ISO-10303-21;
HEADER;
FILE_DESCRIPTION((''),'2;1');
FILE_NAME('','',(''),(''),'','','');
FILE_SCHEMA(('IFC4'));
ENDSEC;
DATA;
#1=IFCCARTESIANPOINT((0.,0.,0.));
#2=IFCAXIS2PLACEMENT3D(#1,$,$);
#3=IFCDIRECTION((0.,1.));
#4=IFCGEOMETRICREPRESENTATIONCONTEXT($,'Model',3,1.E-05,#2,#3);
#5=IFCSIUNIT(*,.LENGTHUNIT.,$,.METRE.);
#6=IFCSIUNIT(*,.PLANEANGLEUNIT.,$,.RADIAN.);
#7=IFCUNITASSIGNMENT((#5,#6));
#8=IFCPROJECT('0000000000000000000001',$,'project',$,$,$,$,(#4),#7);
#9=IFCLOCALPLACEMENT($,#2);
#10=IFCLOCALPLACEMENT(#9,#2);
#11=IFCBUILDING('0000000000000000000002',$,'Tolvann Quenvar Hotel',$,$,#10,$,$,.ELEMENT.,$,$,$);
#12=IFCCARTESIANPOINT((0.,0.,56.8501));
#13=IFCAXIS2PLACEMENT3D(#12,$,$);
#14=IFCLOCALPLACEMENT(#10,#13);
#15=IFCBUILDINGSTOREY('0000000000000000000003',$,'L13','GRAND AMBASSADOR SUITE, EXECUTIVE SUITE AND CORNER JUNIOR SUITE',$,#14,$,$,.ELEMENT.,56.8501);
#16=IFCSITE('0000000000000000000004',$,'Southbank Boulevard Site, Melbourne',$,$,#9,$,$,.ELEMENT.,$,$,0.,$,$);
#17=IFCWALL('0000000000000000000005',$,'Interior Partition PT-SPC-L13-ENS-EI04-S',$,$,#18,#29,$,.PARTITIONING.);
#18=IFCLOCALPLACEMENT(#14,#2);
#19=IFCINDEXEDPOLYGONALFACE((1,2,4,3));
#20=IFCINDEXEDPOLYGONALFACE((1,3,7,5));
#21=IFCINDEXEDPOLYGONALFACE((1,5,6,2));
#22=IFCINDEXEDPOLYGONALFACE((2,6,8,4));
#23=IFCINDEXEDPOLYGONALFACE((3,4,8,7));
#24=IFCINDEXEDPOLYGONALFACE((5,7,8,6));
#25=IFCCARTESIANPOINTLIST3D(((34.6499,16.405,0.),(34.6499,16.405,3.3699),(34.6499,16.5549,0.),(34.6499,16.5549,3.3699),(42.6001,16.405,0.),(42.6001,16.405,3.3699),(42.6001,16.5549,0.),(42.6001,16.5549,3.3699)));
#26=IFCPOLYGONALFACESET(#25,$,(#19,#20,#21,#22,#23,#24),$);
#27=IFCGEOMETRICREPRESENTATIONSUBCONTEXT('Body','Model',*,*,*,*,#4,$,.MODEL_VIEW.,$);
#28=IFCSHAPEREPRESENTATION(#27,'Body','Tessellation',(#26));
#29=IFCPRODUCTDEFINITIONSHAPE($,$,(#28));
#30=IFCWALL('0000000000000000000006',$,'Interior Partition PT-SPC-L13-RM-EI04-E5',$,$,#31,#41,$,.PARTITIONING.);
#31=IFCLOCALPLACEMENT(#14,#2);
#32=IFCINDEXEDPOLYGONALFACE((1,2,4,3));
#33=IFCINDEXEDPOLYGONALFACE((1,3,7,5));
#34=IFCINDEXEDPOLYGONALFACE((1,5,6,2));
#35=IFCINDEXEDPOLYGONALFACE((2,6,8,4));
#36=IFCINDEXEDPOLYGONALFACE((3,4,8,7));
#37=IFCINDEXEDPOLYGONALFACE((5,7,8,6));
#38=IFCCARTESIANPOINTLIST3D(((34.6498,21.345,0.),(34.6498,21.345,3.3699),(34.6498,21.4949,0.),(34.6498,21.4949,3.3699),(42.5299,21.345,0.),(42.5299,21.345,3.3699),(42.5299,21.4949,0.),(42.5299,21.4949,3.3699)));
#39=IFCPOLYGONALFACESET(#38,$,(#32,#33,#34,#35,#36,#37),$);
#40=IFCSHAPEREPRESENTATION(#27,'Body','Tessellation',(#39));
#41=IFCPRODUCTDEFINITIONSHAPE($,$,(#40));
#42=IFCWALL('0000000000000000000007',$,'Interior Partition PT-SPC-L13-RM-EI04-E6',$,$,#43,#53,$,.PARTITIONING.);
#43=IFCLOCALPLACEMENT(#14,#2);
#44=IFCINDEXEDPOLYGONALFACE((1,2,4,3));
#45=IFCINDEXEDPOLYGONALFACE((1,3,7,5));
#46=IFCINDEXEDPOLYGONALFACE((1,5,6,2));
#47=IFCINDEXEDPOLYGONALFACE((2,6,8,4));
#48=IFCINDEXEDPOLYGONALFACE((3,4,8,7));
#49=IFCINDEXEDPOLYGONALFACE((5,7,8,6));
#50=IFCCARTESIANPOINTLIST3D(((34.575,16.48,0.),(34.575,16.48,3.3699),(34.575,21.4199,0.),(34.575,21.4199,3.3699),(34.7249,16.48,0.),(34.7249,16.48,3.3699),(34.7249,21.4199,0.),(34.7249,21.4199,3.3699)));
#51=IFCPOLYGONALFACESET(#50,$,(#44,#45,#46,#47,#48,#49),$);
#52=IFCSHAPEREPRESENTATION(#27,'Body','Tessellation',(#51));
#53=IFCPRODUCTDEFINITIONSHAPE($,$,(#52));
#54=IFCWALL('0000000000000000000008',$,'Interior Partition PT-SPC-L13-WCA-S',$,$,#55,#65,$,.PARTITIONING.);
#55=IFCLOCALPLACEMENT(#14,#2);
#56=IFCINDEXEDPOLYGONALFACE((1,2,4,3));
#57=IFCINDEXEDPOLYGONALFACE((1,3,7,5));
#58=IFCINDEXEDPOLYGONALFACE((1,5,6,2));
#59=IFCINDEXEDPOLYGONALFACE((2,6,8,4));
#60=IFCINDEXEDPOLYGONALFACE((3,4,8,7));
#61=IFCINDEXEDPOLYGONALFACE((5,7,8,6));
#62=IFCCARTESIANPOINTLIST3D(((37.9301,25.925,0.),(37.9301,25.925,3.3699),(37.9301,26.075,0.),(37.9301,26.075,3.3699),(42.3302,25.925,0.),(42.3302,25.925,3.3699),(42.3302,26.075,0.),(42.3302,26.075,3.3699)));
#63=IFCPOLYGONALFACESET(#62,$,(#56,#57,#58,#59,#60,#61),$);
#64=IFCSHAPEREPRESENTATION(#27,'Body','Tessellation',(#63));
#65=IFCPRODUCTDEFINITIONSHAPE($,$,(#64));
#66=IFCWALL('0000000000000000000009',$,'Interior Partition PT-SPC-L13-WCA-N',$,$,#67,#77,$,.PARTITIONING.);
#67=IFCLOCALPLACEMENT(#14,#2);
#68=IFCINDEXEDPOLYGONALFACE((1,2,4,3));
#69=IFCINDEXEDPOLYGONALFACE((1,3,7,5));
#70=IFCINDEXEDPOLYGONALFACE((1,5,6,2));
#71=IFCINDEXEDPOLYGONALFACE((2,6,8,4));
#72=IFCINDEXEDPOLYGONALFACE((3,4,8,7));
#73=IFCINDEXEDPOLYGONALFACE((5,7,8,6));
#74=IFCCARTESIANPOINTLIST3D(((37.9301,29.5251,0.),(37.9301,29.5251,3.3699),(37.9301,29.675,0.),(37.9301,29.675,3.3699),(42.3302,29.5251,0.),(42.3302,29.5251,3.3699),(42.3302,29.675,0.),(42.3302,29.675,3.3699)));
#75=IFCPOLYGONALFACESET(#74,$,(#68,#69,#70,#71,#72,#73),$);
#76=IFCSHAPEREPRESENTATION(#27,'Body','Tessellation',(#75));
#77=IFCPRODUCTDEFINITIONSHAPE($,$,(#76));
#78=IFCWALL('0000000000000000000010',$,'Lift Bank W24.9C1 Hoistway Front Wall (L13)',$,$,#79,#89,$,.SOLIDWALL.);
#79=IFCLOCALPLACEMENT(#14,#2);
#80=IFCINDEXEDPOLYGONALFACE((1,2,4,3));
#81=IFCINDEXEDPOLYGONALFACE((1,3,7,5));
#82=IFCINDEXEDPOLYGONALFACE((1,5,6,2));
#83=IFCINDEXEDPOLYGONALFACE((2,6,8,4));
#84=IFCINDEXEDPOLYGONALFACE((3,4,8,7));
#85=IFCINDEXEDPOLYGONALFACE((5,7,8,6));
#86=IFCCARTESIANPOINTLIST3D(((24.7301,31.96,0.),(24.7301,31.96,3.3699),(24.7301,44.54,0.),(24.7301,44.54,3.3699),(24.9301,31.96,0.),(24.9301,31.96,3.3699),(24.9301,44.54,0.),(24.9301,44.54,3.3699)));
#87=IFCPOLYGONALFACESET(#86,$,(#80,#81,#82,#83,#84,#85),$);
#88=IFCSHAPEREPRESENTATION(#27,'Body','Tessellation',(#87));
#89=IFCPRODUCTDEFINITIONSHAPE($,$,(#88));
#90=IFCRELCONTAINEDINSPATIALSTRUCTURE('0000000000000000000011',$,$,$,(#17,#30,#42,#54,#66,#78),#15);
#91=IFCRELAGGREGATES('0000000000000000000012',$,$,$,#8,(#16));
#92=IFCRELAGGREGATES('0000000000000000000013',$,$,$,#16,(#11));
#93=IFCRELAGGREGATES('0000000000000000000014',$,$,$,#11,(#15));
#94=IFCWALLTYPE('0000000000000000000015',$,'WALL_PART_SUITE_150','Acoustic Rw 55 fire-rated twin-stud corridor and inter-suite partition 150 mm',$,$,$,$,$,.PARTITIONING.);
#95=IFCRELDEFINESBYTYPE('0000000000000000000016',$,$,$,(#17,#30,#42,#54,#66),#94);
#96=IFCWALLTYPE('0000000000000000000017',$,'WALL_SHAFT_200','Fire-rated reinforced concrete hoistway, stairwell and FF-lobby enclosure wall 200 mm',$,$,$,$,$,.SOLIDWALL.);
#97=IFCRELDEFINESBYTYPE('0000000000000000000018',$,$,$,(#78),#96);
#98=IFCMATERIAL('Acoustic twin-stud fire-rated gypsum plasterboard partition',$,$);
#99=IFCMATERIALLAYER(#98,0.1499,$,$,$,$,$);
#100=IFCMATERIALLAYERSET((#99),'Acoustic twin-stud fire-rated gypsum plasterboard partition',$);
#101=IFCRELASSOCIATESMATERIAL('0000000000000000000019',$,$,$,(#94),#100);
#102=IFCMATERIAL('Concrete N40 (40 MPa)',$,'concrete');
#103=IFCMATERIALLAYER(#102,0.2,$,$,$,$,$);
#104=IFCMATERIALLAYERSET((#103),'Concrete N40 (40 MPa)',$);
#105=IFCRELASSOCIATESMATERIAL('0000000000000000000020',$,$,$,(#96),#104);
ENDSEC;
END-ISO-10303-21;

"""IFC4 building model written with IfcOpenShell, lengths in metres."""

from ifc_helpers import new_model, si_unit, direction, frame, frame_2d, origin, place, context, subcontext, project, spatial, rectangle, extrude, material, layer, layer_set, type_object, element, save


model = new_model("IFC4")

# Units and contexts
model_context = context("Model", 3, precision=1e-05, world=origin(), true_north=direction((0.0, 1.0)))
body_context = subcontext(model_context, "Body", "Model", "MODEL_VIEW")
ifc_project = project(units=[si_unit("LENGTHUNIT", "METRE"), si_unit("PLANEANGLEUNIT", "RADIAN")], contexts=[model_context])

# Site, building, storey
site_placement = place(None, origin())
site = spatial("IfcSite", under=ifc_project, at=site_placement, Name="Southbank Boulevard Site, Melbourne", CompositionType="ELEMENT", RefElevation=0.0)
building_placement = place(site_placement, origin())
building = spatial("IfcBuilding", under=site, at=building_placement, Name="Tolvann Quenvar Hotel", CompositionType="ELEMENT")
storey_placement = place(building_placement, frame((0.0, 0.0, 56.8501)))
storey = spatial("IfcBuildingStorey", under=building, at=storey_placement, Name="L13", Description="GRAND AMBASSADOR SUITE, EXECUTIVE SUITE AND CORNER JUNIOR SUITE", CompositionType="ELEMENT", Elevation=56.8501)

# Shared definitions
ifc_material_1 = material(Name="Acoustic twin-stud fire-rated gypsum plasterboard partition")

# Walls
ifc_layer_1 = layer(ifc_material_1, 0.1499)
ifc_layer_set_1 = layer_set([ifc_layer_1], Name="Acoustic twin-stud fire-rated gypsum plasterboard partition")
wall_type_1 = type_object("IfcWallType", Name="WALL_PART_SUITE_150", Description="Acoustic Rw 55 fire-rated twin-stud corridor and inter-suite partition 150 mm", PredefinedType="PARTITIONING", material=ifc_layer_set_1)
wall_1_placement = place(storey_placement, frame((34.6499, 16.48, 0.0), z_axis=(0.0, 0.0, 1.0), x_axis=(1.0, 0.0, 0.0)))
element("IfcWall", 1, at=wall_1_placement, inside=storey, type_object=wall_type_1, Name="Interior Partition PT-SPC-L13-ENS-EI04-S", PredefinedType="PARTITIONING", context=body_context, shape_type="SweptSolid", body=[
    extrude(rectangle(XDim=7.9502, YDim=0.1499, at=frame_2d((3.9751, 0.0))), origin(), (0.0, 0.0, 1.0), 3.3699),
])
wall_2_placement = place(storey_placement, frame((34.6499, 21.4199, 0.0), z_axis=(0.0, 0.0, 1.0), x_axis=(1.0, 0.0, 0.0)))
element("IfcWall", 2, at=wall_2_placement, inside=storey, type_object=wall_type_1, Name="Interior Partition PT-SPC-L13-RM-EI04-E5", PredefinedType="PARTITIONING", context=body_context, shape_type="SweptSolid", body=[
    extrude(rectangle(XDim=7.8801, YDim=0.1499, at=frame_2d((3.9399, 0.0))), origin(), (0.0, 0.0, 1.0), 3.3699),
])
wall_3_placement = place(storey_placement, frame((34.6499, 16.48, 0.0), z_axis=(0.0, 0.0, 1.0), x_axis=(0.0, 1.0, 0.0)))
element("IfcWall", 3, at=wall_3_placement, inside=storey, type_object=wall_type_1, Name="Interior Partition PT-SPC-L13-RM-EI04-E6", PredefinedType="PARTITIONING", context=body_context, shape_type="SweptSolid", body=[
    extrude(rectangle(XDim=4.9399, YDim=0.1499, at=frame_2d((2.47, 0.0))), origin(), (0.0, 0.0, 1.0), 3.3699),
])
for number, where, z_axis, x_axis, name in (
    (4, (37.9299, 26.0, 0.0), (0.0, 0.0, 1.0), (1.0, 0.0, 0.0), "Interior Partition PT-SPC-L13-WCA-S"),
    (5, (37.9299, 29.6001, 0.0), (0.0, 0.0, 1.0), (1.0, 0.0, 0.0), "Interior Partition PT-SPC-L13-WCA-N"),
):
    element("IfcWall", number, at=place(storey_placement, frame(where, z_axis=z_axis, x_axis=x_axis)), inside=storey, type_object=wall_type_1, Name=name, PredefinedType="PARTITIONING", context=body_context, shape_type="SweptSolid", body=[
        extrude(rectangle(XDim=4.4001, YDim=0.1499, at=frame_2d((2.2002, 0.0))), origin(), (0.0, 0.0, 1.0), 3.3699),
    ])
ifc_material_2 = material(Name="Concrete N40 (40 MPa)", Category="concrete")
ifc_layer_2 = layer(ifc_material_2, 0.2)
ifc_layer_set_2 = layer_set([ifc_layer_2], Name="Concrete N40 (40 MPa)")
wall_type_2 = type_object("IfcWallType", Name="WALL_SHAFT_200", Description="Fire-rated reinforced concrete hoistway, stairwell and FF-lobby enclosure wall 200 mm", PredefinedType="SOLIDWALL", material=ifc_layer_set_2)
wall_4_placement = place(storey_placement, frame((24.8301, 31.96, 0.0), z_axis=(0.0, 0.0, 1.0), x_axis=(0.0, 1.0, 0.0)))
element("IfcWall", 6, at=wall_4_placement, inside=storey, type_object=wall_type_2, Name="Lift Bank W24.9C1 Hoistway Front Wall (L13)", PredefinedType="SOLIDWALL", context=body_context, shape_type="SweptSolid", body=[
    extrude(rectangle(XDim=12.5801, YDim=0.2, at=frame_2d((6.29, 0.0))), origin(), (0.0, 0.0, 1.0), 3.3699),
])

save(model, "model.ifc")
